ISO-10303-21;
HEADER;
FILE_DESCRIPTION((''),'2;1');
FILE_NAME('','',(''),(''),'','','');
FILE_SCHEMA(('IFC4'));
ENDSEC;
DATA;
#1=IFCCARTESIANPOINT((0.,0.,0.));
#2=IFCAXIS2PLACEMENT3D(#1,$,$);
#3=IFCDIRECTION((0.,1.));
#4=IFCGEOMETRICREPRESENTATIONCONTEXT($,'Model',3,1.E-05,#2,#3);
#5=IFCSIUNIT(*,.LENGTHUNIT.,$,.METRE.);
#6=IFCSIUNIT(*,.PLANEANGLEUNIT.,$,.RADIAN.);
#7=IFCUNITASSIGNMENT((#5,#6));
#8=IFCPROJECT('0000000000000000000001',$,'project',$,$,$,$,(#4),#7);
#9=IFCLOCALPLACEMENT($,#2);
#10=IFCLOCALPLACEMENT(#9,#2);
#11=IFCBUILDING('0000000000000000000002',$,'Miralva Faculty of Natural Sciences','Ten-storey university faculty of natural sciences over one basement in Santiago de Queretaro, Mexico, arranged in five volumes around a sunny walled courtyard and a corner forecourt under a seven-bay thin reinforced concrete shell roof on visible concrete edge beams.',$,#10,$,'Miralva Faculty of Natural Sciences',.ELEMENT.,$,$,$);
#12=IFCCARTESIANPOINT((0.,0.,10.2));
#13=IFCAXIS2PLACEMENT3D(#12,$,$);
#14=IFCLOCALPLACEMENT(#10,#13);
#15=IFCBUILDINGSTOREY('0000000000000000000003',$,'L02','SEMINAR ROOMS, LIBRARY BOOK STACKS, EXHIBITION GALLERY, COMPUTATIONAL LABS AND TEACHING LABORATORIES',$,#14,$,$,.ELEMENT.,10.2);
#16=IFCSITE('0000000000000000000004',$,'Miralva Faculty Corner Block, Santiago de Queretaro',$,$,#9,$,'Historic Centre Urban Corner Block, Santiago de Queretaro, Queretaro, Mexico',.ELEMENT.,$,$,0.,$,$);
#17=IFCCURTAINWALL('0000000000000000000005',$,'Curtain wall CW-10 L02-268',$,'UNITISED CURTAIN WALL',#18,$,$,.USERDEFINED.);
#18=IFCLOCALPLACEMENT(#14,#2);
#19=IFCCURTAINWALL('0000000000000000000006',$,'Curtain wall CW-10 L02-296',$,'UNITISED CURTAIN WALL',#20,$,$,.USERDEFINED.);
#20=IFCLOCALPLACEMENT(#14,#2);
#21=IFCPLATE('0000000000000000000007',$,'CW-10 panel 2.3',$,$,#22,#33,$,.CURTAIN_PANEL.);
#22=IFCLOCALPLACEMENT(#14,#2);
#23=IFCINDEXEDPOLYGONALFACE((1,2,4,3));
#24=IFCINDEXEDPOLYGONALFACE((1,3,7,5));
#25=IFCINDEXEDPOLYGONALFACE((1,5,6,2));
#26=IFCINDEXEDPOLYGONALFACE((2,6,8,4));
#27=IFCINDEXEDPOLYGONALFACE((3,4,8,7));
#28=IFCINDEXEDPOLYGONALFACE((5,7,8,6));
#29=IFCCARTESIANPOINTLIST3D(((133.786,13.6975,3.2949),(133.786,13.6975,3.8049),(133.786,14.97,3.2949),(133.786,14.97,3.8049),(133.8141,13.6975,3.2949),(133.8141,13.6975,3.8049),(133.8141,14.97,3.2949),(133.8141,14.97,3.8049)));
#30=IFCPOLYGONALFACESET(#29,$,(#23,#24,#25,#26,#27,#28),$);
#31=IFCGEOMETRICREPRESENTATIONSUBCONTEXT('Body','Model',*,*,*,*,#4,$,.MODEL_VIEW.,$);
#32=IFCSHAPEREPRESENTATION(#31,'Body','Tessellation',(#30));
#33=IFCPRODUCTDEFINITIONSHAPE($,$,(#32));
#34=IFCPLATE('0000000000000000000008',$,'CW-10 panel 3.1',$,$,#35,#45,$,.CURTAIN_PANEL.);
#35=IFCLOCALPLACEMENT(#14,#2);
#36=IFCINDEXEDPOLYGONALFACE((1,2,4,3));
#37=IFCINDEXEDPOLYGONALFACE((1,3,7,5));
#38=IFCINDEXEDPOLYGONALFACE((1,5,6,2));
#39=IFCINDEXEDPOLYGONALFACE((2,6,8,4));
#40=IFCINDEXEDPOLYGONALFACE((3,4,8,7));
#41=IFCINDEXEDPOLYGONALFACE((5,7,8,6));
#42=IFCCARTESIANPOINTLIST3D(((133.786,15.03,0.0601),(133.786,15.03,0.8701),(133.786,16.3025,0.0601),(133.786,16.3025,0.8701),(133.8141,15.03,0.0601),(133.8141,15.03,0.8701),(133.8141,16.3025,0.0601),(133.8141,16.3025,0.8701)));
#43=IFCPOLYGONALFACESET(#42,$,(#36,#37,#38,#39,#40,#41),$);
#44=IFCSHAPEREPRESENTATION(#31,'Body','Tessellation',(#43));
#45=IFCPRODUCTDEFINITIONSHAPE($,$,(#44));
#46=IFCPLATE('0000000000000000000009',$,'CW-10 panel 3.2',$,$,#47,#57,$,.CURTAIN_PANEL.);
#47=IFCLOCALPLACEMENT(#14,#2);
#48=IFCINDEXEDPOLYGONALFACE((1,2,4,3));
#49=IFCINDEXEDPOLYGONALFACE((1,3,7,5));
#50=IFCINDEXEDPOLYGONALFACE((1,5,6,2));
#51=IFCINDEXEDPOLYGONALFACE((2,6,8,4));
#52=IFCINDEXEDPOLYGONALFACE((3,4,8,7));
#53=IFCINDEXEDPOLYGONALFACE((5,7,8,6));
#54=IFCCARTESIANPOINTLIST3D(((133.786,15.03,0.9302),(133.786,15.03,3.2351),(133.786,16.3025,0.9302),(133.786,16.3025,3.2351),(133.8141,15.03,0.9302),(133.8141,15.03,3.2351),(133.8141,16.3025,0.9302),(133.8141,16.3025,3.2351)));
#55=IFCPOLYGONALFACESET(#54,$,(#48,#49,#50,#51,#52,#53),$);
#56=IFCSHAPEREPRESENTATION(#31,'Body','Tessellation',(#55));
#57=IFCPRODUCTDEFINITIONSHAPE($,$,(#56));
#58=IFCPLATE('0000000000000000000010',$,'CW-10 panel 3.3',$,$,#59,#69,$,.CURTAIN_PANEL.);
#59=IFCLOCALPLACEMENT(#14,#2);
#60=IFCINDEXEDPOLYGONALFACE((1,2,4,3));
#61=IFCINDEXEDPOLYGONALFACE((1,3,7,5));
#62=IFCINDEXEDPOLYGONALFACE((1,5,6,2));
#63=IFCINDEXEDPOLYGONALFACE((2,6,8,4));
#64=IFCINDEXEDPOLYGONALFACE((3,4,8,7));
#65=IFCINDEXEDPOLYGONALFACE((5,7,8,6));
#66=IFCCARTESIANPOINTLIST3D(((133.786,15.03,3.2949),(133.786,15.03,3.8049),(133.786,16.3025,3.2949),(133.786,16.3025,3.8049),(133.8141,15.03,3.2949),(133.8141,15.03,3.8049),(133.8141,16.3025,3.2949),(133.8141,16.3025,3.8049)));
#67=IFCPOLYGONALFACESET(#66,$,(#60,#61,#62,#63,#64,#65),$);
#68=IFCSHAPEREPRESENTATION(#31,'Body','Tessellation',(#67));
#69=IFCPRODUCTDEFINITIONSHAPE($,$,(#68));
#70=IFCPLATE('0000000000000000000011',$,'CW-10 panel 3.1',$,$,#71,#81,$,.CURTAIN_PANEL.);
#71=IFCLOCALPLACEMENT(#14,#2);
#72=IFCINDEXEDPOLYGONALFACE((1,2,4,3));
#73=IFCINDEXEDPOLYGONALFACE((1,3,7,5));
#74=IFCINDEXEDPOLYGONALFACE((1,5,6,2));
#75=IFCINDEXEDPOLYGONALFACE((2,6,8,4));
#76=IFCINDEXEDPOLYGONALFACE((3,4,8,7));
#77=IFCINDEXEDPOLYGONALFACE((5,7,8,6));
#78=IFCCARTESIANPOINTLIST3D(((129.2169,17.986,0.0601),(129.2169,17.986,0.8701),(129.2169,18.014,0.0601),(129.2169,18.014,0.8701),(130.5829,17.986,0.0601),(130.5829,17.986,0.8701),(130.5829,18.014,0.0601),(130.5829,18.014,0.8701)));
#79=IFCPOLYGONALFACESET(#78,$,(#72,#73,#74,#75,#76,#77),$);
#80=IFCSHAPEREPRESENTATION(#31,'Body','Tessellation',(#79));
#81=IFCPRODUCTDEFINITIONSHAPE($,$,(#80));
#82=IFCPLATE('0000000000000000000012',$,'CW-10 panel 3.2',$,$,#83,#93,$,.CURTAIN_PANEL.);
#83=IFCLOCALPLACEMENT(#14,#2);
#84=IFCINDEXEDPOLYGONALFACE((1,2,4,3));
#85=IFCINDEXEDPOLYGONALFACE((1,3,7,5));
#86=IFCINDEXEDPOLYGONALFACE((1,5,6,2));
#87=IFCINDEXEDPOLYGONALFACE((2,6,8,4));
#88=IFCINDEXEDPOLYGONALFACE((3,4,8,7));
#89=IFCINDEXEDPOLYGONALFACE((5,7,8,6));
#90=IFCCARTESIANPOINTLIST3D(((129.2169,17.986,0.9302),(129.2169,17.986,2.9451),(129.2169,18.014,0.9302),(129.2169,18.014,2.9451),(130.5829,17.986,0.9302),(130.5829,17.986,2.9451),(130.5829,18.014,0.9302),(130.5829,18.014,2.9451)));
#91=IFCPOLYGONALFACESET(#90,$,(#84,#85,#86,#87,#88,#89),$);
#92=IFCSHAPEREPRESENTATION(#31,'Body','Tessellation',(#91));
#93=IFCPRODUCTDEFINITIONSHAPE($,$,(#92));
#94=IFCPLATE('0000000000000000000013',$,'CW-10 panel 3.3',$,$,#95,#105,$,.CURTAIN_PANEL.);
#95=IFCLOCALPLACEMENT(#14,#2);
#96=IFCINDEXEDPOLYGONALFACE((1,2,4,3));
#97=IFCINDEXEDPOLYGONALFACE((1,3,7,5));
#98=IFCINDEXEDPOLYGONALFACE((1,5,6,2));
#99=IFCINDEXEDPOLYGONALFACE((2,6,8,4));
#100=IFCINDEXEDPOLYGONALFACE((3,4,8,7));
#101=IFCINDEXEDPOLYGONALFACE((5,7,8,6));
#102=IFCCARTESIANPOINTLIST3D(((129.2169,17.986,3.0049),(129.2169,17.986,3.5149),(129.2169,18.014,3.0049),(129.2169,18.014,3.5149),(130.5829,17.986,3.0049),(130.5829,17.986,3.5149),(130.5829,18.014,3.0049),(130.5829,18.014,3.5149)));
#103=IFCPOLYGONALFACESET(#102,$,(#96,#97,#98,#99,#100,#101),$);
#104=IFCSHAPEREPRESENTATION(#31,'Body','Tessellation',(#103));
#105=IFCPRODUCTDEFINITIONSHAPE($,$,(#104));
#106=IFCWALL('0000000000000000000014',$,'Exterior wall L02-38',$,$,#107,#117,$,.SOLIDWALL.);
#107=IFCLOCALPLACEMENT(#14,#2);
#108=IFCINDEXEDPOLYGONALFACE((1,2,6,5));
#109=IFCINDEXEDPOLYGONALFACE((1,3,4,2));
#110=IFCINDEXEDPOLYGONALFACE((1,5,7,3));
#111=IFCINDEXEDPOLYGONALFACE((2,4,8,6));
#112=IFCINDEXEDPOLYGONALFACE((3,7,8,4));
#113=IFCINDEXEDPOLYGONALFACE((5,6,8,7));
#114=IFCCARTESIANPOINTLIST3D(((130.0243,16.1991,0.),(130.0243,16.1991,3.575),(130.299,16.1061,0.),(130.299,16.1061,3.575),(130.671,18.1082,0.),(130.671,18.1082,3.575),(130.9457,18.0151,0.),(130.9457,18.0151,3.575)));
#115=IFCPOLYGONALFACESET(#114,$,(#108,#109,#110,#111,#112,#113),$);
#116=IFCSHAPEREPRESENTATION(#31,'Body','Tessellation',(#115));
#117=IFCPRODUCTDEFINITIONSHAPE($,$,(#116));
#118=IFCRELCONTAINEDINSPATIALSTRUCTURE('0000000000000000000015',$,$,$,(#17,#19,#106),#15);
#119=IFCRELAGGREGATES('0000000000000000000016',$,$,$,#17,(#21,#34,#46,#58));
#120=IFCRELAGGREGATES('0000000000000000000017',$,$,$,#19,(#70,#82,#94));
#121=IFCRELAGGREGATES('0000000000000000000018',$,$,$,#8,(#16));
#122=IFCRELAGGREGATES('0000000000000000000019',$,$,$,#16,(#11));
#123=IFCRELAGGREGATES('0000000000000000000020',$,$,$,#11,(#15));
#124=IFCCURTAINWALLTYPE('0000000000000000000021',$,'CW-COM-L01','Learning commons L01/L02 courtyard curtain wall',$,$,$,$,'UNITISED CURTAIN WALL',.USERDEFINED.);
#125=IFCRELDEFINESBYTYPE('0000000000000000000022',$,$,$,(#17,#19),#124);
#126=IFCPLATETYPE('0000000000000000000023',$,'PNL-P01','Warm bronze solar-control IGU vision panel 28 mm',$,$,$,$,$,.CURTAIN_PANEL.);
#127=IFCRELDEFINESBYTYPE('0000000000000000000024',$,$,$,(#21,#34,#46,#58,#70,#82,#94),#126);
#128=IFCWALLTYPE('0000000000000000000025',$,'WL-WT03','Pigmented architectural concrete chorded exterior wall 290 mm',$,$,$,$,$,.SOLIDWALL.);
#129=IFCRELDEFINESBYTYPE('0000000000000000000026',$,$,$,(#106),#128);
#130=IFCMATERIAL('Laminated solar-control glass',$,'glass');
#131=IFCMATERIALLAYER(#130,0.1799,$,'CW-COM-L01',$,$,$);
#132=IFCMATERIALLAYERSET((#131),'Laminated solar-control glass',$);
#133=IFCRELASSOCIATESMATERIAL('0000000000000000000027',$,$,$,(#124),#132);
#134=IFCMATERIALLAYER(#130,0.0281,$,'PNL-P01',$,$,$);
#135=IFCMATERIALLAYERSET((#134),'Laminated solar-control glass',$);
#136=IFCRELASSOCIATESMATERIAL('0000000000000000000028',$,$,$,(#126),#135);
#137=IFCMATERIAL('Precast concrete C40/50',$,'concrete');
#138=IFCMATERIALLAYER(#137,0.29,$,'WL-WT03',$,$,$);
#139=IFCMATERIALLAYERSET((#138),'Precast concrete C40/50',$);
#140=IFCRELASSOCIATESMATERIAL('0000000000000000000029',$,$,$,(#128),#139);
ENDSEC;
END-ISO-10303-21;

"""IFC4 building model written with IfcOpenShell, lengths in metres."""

from ifc_helpers import new_model, si_unit, direction, frame, frame_2d, origin, origin_2d, place, context, subcontext, project, spatial, rectangle, extrude, material, layer, layer_set, type_object, element, aggregate, save


model = new_model("IFC4")

# Units and contexts
model_context = context("Model", 3, precision=1e-05, world=origin(), true_north=direction((0.0, 1.0)))
body_context = subcontext(model_context, "Body", "Model", "MODEL_VIEW")
ifc_project = project(units=[si_unit("LENGTHUNIT", "METRE"), si_unit("PLANEANGLEUNIT", "RADIAN")], contexts=[model_context])

# Site, building, storey
site_placement = place(None, origin())
site = spatial("IfcSite", under=ifc_project, at=site_placement, Name="Miralva Faculty Corner Block, Santiago de Queretaro", LongName="Historic Centre Urban Corner Block, Santiago de Queretaro, Queretaro, Mexico", CompositionType="ELEMENT", RefElevation=0.0)
building_placement = place(site_placement, origin())
building = spatial("IfcBuilding", under=site, at=building_placement, Name="Miralva Faculty of Natural Sciences", Description="Ten-storey university faculty of natural sciences over one basement in Santiago de Queretaro, Mexico, arranged in five volumes around a sunny walled courtyard and a corner forecourt under a seven-bay thin reinforced concrete shell roof on visible concrete edge beams.", LongName="Miralva Faculty of Natural Sciences", CompositionType="ELEMENT")
storey_placement = place(building_placement, frame((0.0, 0.0, 10.2)))
storey = spatial("IfcBuildingStorey", under=building, at=storey_placement, Name="L02", Description="SEMINAR ROOMS, LIBRARY BOOK STACKS, EXHIBITION GALLERY, COMPUTATIONAL LABS AND TEACHING LABORATORIES", CompositionType="ELEMENT", Elevation=10.2)

# Shared definitions
ifc_material_1 = material(Name="Laminated solar-control glass", Category="glass")

# Curtain wall
ifc_layer_1 = layer(ifc_material_1, 0.1799, Name="CW-COM-L01")
ifc_layer_set_1 = layer_set([ifc_layer_1], Name="Laminated solar-control glass")
curtain_wall_type_1 = type_object("IfcCurtainWallType", Name="CW-COM-L01", Description="Learning commons L01/L02 courtyard curtain wall", ElementType="UNITISED CURTAIN WALL", PredefinedType="USERDEFINED", material=ifc_layer_set_1)
curtain_wall_1_placement = place(storey_placement, origin())
curtain_wall_1 = element("IfcCurtainWall", 1, at=curtain_wall_1_placement, inside=storey, type_object=curtain_wall_type_1, Name="Curtain wall CW-10 L02-268", ObjectType="UNITISED CURTAIN WALL", PredefinedType="USERDEFINED")

# Curtain wall
curtain_wall_2_placement = place(storey_placement, origin())
curtain_wall_2 = element("IfcCurtainWall", 2, at=curtain_wall_2_placement, inside=storey, type_object=curtain_wall_type_1, Name="Curtain wall CW-10 L02-296", ObjectType="UNITISED CURTAIN WALL", PredefinedType="USERDEFINED")

# Plates
ifc_layer_2 = layer(ifc_material_1, 0.0281, Name="PNL-P01")
ifc_layer_set_2 = layer_set([ifc_layer_2], Name="Laminated solar-control glass")
plate_type = type_object("IfcPlateType", Name="PNL-P01", Description="Warm bronze solar-control IGU vision panel 28 mm", PredefinedType="CURTAIN_PANEL", material=ifc_layer_set_2)
plate_1_placement = place(storey_placement, frame((133.8, 14.3337, 3.2949), z_axis=(0.0, 0.0, 1.0), x_axis=(0.0, 1.0, 0.0)))
plate_1 = element("IfcPlate", 3, at=plate_1_placement, type_object=plate_type, Name="CW-10 panel 2.3", PredefinedType="CURTAIN_PANEL", context=body_context, shape_type="SweptSolid", body=[
    extrude(rectangle(XDim=1.2725, YDim=0.0281, at=origin_2d()), origin(), (0.0, 0.0, 1.0), 0.51),
])
plate_2_placement = place(storey_placement, frame((133.8, 15.6663, 0.0601), z_axis=(0.0, 0.0, 1.0), x_axis=(0.0, 1.0, 0.0)))
plate_2 = element("IfcPlate", 4, at=plate_2_placement, type_object=plate_type, Name="CW-10 panel 3.1", PredefinedType="CURTAIN_PANEL", context=body_context, shape_type="SweptSolid", body=[
    extrude(rectangle(XDim=1.2725, YDim=0.0281, at=origin_2d()), origin(), (0.0, 0.0, 1.0), 0.8101),
])
plate_3_placement = place(storey_placement, frame((133.8, 15.6663, 0.9302), z_axis=(0.0, 0.0, 1.0), x_axis=(0.0, 1.0, 0.0)))
plate_3 = element("IfcPlate", 5, at=plate_3_placement, type_object=plate_type, Name="CW-10 panel 3.2", PredefinedType="CURTAIN_PANEL", context=body_context, shape_type="SweptSolid", body=[
    extrude(rectangle(XDim=1.2725, YDim=0.0281, at=origin_2d()), origin(), (0.0, 0.0, 1.0), 2.3049),
])
plate_4_placement = place(storey_placement, frame((133.8, 15.6663, 3.2949), z_axis=(0.0, 0.0, 1.0), x_axis=(0.0, 1.0, 0.0)))
plate_4 = element("IfcPlate", 6, at=plate_4_placement, type_object=plate_type, Name="CW-10 panel 3.3", PredefinedType="CURTAIN_PANEL", context=body_context, shape_type="SweptSolid", body=[
    extrude(rectangle(XDim=1.2725, YDim=0.0281, at=origin_2d()), origin(), (0.0, 0.0, 1.0), 0.51),
])
aggregate(curtain_wall_1, [plate_1, plate_2, plate_3, plate_4])
plate_5_placement = place(storey_placement, frame((129.8999, 18.0, 0.0601), z_axis=(0.0, 0.0, 1.0), x_axis=(1.0, 0.0, 0.0)))
plate_5 = element("IfcPlate", 7, at=plate_5_placement, type_object=plate_type, Name="CW-10 panel 3.1", PredefinedType="CURTAIN_PANEL", context=body_context, shape_type="SweptSolid", body=[
    extrude(rectangle(XDim=1.366, YDim=0.0281, at=origin_2d()), origin(), (0.0, 0.0, 1.0), 0.8101),
])
plate_6_placement = place(storey_placement, frame((129.8999, 18.0, 0.9302), z_axis=(0.0, 0.0, 1.0), x_axis=(1.0, 0.0, 0.0)))
plate_6 = element("IfcPlate", 8, at=plate_6_placement, type_object=plate_type, Name="CW-10 panel 3.2", PredefinedType="CURTAIN_PANEL", context=body_context, shape_type="SweptSolid", body=[
    extrude(rectangle(XDim=1.366, YDim=0.0281, at=origin_2d()), origin(), (0.0, 0.0, 1.0), 2.0149),
])
plate_7_placement = place(storey_placement, frame((129.8999, 18.0, 3.0049), z_axis=(0.0, 0.0, 1.0), x_axis=(1.0, 0.0, 0.0)))
plate_7 = element("IfcPlate", 9, at=plate_7_placement, type_object=plate_type, Name="CW-10 panel 3.3", PredefinedType="CURTAIN_PANEL", context=body_context, shape_type="SweptSolid", body=[
    extrude(rectangle(XDim=1.366, YDim=0.0281, at=origin_2d()), origin(), (0.0, 0.0, 1.0), 0.51),
])
aggregate(curtain_wall_2, [plate_5, plate_6, plate_7])

# Wall
ifc_material_2 = material(Name="Precast concrete C40/50", Category="concrete")
ifc_layer_3 = layer(ifc_material_2, 0.29, Name="WL-WT03")
ifc_layer_set_3 = layer_set([ifc_layer_3], Name="Precast concrete C40/50")
wall_type = type_object("IfcWallType", Name="WL-WT03", Description="Pigmented architectural concrete chorded exterior wall 290 mm", PredefinedType="SOLIDWALL", material=ifc_layer_set_3)
wall_placement = place(storey_placement, frame((130.1616, 16.1526, 0.0), z_axis=(0.0, 0.0, 1.0), x_axis=(0.320875, 0.947121, 0.0)))
element("IfcWall", 10, at=wall_placement, inside=storey, type_object=wall_type, Name="Exterior wall L02-38", PredefinedType="SOLIDWALL", context=body_context, shape_type="SweptSolid", body=[
    extrude(rectangle(XDim=2.0156, YDim=0.29, at=frame_2d((1.0078, 0.0))), origin(), (0.0, 0.0, 1.0), 3.575),
])

save(model, "model.ifc")
